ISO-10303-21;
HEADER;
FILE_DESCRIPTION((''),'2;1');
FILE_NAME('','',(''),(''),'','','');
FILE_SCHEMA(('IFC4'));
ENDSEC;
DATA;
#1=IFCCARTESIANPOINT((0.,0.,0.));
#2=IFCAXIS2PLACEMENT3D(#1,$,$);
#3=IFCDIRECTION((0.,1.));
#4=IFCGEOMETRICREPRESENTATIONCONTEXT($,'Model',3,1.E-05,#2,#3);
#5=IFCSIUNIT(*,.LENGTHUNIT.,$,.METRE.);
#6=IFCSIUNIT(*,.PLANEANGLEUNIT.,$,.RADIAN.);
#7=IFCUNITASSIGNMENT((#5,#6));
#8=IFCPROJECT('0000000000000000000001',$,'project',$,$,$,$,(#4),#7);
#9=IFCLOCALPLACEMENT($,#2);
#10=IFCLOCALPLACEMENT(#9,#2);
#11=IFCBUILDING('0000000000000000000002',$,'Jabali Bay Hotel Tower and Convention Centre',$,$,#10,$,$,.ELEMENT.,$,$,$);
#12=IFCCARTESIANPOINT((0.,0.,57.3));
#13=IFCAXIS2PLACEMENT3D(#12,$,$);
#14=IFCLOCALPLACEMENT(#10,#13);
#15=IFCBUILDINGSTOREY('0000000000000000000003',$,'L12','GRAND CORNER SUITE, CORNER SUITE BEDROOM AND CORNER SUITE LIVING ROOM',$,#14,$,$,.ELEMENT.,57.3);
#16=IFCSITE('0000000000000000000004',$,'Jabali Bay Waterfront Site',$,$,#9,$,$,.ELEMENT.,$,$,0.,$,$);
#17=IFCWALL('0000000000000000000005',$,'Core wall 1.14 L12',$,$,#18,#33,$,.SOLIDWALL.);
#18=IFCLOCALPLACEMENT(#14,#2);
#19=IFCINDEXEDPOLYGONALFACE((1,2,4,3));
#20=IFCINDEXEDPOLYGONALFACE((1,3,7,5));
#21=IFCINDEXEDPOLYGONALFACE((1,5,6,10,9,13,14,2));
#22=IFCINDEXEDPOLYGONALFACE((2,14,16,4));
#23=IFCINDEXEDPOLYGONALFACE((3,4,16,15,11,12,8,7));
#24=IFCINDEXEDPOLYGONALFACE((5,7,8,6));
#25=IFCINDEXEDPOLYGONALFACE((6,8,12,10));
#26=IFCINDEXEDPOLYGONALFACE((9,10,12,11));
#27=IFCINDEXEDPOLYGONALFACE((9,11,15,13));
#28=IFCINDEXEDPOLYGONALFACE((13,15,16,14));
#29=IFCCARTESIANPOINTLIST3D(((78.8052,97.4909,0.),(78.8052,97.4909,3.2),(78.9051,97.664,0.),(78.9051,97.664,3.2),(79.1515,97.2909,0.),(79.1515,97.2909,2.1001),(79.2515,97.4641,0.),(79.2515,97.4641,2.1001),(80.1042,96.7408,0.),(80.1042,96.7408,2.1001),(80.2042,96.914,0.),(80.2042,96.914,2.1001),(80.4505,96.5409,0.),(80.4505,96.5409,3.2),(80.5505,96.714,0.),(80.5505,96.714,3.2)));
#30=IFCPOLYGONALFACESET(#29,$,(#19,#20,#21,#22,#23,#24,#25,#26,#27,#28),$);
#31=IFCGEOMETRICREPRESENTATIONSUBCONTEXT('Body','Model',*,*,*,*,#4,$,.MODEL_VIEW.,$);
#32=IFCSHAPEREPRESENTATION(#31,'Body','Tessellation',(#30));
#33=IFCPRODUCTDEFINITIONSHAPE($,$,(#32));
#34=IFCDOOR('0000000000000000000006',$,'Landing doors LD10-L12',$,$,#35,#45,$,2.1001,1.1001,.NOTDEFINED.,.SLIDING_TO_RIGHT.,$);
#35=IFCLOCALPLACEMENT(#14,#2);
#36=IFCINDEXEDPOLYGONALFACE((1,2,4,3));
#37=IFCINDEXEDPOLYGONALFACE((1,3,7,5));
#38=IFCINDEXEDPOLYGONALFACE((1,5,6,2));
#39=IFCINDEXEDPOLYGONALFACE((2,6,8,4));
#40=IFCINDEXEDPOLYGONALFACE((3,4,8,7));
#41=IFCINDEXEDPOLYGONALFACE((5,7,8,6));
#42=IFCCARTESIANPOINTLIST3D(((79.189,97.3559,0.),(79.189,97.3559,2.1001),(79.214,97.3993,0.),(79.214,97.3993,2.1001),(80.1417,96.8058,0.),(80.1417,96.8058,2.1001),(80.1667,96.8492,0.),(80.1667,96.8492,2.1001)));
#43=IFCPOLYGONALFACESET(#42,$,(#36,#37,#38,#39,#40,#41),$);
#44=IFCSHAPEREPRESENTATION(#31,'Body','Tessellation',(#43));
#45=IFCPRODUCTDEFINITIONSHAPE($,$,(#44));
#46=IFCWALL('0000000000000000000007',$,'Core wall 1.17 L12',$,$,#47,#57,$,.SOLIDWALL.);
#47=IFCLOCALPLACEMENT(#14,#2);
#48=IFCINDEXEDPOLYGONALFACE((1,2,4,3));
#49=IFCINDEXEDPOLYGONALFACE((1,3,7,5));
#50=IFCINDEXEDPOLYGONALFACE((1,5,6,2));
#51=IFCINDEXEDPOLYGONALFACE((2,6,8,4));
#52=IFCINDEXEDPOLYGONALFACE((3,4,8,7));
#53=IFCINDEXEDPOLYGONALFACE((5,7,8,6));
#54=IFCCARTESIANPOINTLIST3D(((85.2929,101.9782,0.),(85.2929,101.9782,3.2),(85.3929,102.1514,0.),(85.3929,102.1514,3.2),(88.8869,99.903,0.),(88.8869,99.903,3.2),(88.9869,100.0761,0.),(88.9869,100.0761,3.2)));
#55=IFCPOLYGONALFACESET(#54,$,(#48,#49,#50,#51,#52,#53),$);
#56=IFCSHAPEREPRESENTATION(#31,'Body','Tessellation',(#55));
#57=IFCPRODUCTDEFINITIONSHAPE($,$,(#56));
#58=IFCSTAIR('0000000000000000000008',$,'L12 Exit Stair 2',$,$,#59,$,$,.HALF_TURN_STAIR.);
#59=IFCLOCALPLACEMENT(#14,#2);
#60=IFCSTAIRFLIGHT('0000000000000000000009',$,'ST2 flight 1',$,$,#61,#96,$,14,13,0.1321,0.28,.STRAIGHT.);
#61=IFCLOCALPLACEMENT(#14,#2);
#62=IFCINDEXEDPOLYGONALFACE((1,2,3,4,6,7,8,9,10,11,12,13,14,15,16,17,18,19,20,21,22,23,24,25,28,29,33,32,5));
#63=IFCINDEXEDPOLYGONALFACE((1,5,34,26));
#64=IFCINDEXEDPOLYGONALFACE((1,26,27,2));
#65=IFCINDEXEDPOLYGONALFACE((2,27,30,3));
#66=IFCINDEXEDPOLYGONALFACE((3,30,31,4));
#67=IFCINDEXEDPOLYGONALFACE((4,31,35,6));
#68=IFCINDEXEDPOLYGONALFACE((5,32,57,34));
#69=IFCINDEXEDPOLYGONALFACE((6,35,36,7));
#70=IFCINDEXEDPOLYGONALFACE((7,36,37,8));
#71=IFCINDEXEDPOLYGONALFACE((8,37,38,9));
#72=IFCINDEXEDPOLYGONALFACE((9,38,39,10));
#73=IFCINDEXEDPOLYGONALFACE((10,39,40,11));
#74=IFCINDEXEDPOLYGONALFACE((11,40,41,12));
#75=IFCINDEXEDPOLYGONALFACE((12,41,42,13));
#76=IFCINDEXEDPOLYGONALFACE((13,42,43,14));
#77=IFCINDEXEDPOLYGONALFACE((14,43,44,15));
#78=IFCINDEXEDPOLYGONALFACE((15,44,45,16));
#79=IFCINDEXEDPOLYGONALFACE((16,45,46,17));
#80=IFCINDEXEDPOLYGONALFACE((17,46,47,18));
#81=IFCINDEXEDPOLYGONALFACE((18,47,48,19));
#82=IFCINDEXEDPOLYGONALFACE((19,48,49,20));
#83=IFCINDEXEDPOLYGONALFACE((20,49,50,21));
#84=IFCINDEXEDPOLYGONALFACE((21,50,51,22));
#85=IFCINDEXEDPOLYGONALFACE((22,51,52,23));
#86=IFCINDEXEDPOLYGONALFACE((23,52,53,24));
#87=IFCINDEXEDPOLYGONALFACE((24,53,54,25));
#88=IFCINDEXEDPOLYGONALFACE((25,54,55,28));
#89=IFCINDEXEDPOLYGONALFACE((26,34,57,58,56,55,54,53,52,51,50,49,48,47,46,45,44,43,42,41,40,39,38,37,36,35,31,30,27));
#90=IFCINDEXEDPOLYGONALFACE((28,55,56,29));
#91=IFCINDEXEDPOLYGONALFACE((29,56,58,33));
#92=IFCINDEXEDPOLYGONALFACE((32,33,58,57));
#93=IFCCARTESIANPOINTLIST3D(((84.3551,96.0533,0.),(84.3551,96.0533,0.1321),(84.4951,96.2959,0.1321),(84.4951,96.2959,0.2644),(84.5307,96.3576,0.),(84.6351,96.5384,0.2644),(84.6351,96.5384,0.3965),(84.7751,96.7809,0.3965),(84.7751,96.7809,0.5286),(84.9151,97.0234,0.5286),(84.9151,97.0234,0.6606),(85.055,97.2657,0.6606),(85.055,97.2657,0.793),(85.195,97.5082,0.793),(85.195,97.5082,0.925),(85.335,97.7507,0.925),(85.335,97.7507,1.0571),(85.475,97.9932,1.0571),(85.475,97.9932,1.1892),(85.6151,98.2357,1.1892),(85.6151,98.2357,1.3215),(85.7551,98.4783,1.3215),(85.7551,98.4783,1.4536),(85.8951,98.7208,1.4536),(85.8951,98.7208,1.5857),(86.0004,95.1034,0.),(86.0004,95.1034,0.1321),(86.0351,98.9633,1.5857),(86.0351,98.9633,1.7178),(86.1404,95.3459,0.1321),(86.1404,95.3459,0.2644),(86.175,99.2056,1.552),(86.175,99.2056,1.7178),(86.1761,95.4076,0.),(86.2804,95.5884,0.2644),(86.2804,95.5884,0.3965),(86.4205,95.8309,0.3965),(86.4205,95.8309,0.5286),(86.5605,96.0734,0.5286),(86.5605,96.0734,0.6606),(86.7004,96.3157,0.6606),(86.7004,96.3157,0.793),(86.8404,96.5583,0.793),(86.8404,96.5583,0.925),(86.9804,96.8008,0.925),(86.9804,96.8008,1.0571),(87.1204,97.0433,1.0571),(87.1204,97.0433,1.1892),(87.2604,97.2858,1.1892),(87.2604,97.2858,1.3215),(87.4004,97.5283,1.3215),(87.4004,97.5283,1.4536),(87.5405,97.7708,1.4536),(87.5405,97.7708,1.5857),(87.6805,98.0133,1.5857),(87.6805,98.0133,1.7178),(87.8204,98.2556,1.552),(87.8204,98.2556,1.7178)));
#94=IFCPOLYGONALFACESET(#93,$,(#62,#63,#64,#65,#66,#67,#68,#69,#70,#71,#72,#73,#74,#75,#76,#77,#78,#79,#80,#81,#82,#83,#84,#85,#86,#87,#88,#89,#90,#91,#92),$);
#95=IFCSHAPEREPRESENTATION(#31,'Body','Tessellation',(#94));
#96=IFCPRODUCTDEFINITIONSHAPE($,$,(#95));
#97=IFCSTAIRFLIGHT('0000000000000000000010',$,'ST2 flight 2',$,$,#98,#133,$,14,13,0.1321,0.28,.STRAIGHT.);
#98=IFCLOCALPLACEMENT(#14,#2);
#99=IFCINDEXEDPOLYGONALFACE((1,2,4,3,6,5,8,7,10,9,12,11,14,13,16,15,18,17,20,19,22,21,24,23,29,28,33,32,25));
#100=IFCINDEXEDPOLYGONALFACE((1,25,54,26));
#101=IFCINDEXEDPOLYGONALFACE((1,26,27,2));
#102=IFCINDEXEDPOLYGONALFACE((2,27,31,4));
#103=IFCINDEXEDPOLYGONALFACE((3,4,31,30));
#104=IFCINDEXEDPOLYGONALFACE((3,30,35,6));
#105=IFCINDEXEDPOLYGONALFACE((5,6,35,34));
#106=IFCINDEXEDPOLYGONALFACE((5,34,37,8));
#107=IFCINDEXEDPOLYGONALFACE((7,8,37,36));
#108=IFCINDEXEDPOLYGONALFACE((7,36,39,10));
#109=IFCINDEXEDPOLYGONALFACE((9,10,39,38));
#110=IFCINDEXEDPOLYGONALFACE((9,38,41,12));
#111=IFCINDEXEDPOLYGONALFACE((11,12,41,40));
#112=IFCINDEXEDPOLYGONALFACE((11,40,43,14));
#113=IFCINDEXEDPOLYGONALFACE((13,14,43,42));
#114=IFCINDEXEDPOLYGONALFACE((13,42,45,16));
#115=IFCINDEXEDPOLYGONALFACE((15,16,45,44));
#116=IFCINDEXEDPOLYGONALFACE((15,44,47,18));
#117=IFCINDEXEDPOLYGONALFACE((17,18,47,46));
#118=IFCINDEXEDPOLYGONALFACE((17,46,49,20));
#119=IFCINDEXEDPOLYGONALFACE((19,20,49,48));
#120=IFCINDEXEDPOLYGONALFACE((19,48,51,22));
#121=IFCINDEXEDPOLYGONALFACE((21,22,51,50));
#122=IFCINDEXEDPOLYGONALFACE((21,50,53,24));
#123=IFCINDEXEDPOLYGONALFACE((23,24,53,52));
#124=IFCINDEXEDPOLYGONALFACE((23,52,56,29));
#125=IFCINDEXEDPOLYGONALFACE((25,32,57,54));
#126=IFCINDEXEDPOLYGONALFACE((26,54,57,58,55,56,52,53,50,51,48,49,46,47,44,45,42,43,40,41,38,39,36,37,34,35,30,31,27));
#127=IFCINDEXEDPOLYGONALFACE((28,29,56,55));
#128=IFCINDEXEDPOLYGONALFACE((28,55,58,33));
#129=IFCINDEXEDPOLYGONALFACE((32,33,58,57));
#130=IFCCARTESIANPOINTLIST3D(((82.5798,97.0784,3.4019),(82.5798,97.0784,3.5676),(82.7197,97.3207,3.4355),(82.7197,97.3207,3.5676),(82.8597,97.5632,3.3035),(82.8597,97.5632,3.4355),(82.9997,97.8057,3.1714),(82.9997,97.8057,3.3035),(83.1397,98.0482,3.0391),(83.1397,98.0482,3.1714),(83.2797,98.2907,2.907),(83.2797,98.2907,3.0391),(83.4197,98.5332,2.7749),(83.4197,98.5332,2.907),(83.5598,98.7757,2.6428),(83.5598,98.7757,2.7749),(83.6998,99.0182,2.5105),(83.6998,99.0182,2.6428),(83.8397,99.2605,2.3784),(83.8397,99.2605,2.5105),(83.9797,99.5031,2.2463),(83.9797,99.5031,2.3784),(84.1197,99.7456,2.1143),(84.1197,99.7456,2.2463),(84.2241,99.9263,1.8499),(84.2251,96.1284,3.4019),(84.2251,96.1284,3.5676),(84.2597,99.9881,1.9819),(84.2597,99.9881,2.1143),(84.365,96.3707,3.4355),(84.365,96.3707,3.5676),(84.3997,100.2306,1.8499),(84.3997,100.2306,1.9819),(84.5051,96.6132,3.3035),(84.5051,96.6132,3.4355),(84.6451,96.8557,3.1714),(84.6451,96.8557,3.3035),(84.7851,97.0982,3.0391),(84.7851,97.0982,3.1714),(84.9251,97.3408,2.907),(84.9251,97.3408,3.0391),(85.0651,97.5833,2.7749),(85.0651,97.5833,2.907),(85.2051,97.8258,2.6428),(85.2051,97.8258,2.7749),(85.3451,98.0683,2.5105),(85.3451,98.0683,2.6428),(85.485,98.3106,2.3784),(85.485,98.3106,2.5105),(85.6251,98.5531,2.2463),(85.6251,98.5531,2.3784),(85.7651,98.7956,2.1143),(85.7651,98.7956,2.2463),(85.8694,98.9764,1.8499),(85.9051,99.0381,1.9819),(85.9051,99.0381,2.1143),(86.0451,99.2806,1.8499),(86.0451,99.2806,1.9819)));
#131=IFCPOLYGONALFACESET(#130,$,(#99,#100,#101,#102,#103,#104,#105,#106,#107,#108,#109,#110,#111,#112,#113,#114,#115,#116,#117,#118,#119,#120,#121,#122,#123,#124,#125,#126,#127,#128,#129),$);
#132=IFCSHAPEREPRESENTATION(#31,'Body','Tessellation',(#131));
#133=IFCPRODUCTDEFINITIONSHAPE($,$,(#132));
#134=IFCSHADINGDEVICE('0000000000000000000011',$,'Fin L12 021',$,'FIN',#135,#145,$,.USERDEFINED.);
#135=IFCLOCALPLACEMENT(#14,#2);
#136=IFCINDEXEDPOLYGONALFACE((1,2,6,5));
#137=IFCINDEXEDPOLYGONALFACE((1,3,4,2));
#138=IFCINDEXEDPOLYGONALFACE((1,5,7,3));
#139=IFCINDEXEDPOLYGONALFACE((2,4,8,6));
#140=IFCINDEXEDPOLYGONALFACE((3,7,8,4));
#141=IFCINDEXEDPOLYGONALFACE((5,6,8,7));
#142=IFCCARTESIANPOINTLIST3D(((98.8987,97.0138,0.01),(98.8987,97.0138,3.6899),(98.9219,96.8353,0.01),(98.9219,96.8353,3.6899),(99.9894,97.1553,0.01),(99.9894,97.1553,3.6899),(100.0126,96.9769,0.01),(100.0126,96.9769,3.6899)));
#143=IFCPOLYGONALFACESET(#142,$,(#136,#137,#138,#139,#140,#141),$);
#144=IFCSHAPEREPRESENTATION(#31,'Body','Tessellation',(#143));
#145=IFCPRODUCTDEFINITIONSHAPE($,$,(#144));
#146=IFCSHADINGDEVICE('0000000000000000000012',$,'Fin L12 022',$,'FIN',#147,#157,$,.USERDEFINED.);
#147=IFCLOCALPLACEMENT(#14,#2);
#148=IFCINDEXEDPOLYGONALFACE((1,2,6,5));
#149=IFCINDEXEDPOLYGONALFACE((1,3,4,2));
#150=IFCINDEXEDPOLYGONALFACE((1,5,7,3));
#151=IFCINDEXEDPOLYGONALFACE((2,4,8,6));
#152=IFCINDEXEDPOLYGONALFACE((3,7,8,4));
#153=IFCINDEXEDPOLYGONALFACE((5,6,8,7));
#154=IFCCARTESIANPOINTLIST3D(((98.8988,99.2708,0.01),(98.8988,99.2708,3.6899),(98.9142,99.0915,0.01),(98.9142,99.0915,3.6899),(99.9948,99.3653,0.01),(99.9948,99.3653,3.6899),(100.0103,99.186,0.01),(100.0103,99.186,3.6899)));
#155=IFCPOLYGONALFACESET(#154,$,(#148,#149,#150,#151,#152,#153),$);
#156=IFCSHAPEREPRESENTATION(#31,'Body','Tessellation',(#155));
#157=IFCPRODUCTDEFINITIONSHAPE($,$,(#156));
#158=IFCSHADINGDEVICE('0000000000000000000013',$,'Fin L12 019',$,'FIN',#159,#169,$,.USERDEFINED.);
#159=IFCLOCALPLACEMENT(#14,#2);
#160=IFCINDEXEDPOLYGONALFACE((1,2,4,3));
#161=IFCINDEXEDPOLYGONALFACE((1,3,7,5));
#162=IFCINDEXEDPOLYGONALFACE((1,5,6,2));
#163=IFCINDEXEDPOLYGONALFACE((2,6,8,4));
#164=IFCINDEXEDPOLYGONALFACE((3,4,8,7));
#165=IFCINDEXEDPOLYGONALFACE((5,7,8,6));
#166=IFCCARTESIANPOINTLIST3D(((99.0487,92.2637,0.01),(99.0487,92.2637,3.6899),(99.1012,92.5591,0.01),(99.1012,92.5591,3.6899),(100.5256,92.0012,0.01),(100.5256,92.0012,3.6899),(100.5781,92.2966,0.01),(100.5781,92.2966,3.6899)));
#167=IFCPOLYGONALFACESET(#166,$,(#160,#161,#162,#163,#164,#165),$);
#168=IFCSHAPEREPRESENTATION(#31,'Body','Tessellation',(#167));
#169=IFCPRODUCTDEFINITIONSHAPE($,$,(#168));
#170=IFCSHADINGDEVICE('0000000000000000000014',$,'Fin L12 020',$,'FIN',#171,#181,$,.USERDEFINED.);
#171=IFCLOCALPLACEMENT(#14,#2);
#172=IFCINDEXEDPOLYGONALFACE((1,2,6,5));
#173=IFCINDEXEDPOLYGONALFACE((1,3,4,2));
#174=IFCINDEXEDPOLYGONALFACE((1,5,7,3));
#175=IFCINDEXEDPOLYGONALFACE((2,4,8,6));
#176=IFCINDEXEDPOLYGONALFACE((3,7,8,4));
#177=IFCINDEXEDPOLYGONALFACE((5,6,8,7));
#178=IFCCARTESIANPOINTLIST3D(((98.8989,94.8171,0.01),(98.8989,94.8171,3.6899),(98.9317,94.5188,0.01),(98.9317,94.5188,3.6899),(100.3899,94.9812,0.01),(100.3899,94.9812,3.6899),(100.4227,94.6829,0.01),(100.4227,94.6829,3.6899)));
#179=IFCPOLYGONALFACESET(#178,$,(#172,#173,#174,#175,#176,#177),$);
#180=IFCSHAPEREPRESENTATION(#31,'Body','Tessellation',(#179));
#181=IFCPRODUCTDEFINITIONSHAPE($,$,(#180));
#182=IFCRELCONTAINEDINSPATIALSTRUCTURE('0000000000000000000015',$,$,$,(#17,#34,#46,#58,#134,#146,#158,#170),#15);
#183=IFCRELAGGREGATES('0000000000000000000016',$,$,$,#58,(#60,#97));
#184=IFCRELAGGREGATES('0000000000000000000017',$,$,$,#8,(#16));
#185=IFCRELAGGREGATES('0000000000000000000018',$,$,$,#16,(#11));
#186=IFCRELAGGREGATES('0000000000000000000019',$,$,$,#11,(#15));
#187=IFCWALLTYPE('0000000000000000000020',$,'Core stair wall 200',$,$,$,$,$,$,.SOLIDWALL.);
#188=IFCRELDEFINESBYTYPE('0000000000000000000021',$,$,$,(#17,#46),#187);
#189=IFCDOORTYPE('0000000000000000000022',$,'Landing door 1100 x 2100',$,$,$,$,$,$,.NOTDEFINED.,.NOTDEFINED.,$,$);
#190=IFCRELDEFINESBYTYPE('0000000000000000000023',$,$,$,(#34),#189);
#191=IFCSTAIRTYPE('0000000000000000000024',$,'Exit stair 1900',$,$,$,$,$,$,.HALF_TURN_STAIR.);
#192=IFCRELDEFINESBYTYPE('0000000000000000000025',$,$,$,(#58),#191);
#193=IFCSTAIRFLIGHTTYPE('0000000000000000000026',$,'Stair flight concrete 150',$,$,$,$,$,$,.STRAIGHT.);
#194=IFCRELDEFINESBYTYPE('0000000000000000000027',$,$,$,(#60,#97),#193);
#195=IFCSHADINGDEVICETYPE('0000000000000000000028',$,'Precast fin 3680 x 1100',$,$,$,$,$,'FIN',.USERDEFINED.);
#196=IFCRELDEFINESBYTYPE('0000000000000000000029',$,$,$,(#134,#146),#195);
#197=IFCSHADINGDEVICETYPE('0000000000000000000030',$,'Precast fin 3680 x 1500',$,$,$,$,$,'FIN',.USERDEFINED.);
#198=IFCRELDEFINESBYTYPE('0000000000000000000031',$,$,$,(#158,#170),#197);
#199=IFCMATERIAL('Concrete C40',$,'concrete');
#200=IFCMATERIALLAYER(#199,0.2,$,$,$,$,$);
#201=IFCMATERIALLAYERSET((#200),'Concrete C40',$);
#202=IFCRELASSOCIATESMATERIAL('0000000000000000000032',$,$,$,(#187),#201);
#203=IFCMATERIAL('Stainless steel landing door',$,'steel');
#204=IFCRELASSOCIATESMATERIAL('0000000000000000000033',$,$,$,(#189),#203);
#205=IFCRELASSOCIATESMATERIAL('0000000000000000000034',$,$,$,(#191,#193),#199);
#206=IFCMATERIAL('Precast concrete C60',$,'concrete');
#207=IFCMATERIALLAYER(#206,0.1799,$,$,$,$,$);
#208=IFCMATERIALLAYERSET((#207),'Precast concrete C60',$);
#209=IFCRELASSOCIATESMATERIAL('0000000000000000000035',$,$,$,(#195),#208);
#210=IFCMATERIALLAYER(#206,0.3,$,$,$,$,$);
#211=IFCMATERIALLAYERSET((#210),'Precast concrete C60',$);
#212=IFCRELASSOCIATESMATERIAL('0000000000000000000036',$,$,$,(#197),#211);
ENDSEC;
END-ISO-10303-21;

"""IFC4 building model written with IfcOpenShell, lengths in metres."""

from ifc_helpers import new_model, si_unit, direction, frame, frame_2d, origin, place, context, subcontext, project, spatial, polyline, rectangle, outline, extrude, material, layer, layer_set, type_object, element, fill, aggregate, save


model = new_model("IFC4")

# Units and contexts
model_context = context("Model", 3, precision=1e-05, world=origin(), true_north=direction((0.0, 1.0)))
body_context = subcontext(model_context, "Body", "Model", "MODEL_VIEW")
ifc_project = project(units=[si_unit("LENGTHUNIT", "METRE"), si_unit("PLANEANGLEUNIT", "RADIAN")], contexts=[model_context])

# Site, building, storey
site_placement = place(None, origin())
site = spatial("IfcSite", under=ifc_project, at=site_placement, Name="Jabali Bay Waterfront Site", CompositionType="ELEMENT", RefElevation=0.0)
building_placement = place(site_placement, origin())
building = spatial("IfcBuilding", under=site, at=building_placement, Name="Jabali Bay Hotel Tower and Convention Centre", CompositionType="ELEMENT")
storey_placement = place(building_placement, frame((0.0, 0.0, 57.3)))
storey = spatial("IfcBuildingStorey", under=building, at=storey_placement, Name="L12", Description="GRAND CORNER SUITE, CORNER SUITE BEDROOM AND CORNER SUITE LIVING ROOM", CompositionType="ELEMENT", Elevation=57.3)

# Shared definitions
ifc_material_1 = material(Name="Concrete C40", Category="concrete")

# Shared definitions
ifc_layer_1 = layer(ifc_material_1, 0.2)
ifc_layer_set_1 = layer_set([ifc_layer_1], Name="Concrete C40")
wall_type_1 = type_object("IfcWallType", Name="Core stair wall 200", PredefinedType="SOLIDWALL", material=ifc_layer_set_1)

# Wall, opening, door
wall_1_placement = place(storey_placement, frame((80.5005, 96.6274, 0.0), z_axis=(0.0, 0.0, 1.0), x_axis=(-0.866012, 0.500023, 0.0)))
wall_1 = element("IfcWall", 1, at=wall_1_placement, inside=storey, type_object=wall_type_1, Name="Core wall 1.14 L12", PredefinedType="SOLIDWALL", context=body_context, shape_type="SweptSolid", body=[
    extrude(rectangle(XDim=1.8999, YDim=0.2, at=frame_2d((0.95, 0.0))), origin(), (0.0, 0.0, 1.0), 3.2),
])
opening_1_placement = place(wall_1_placement, frame((0.3999, 0.0, 0.0)))
opening_1 = element("IfcOpeningElement", 2, at=opening_1_placement, cuts=wall_1, PredefinedType="OPENING", context=body_context, shape_type="SweptSolid", body=[
    extrude(rectangle(XDim=1.1001, YDim=2.1001, at=frame_2d((0.55, 1.05))), frame((0.0, 0.1104, 0.0), z_axis=(0.0, -1.0, 0.0), x_axis=(1.0, 0.0, 0.0)), (0.0, 0.0, 1.0), 0.2209),
])
ifc_material_2 = material(Name="Stainless steel landing door", Category="steel")
door_type_1 = type_object("IfcDoorType", Name="Landing door 1100 x 2100", OperationType="NOTDEFINED", PredefinedType="NOTDEFINED", material=ifc_material_2)
door_1_placement = place(opening_1_placement, origin())
door_1 = element("IfcDoor", 3, at=door_1_placement, inside=storey, type_object=door_type_1, Name="Landing doors LD10-L12", OperationType="SLIDING_TO_RIGHT", OverallHeight=2.1001, OverallWidth=1.1001, PredefinedType="NOTDEFINED", context=body_context, shape_type="SweptSolid", body=[
    extrude(rectangle(XDim=1.1001, YDim=2.1001, at=frame_2d((0.55, 1.05))), frame((0.0, 0.0249, 0.0), z_axis=(0.0, -1.0, 0.0), x_axis=(1.0, 0.0, 0.0)), (0.0, 0.0, 1.0), 0.05),
])
fill(opening_1, door_1)

# Wall
wall_2_placement = place(storey_placement, frame((88.937, 99.9895, 0.0), z_axis=(0.0, 0.0, 1.0), x_axis=(-0.866004, 0.500036, 0.0)))
element("IfcWall", 4, at=wall_2_placement, inside=storey, type_object=wall_type_1, Name="Core wall 1.17 L12", PredefinedType="SOLIDWALL", context=body_context, shape_type="SweptSolid", body=[
    extrude(rectangle(XDim=4.1501, YDim=0.2, at=frame_2d((2.0752, 0.0))), origin(), (0.0, 0.0, 1.0), 3.2),
])

# Stair, stair flights
stair_type = type_object("IfcStairType", Name="Exit stair 1900", PredefinedType="HALF_TURN_STAIR", material=ifc_material_1)
stair_placement = place(storey_placement, origin())
stair = element("IfcStair", 5, at=stair_placement, inside=storey, type_object=stair_type, Name="L12 Exit Stair 2", PredefinedType="HALF_TURN_STAIR")
stair_flight_type = type_object("IfcStairFlightType", Name="Stair flight concrete 150", PredefinedType="STRAIGHT", material=ifc_material_1)
stair_flight_1_placement = place(storey_placement, frame((85.1777, 95.5784, 0.0), z_axis=(0.0, 0.0, 1.0), x_axis=(0.5, 0.866025, 0.0)))
stair_flight_1 = element("IfcStairFlight", 6, at=stair_flight_1_placement, type_object=stair_flight_type, Name="ST2 flight 1", NumberOfRisers=14, NumberOfTreads=13, PredefinedType="STRAIGHT", RiserHeight=0.1321, TreadLength=0.28, context=body_context, shape_type="SweptSolid", body=[
    extrude(outline(polyline([(0.0, 0.0), (0.0, 0.1321), (0.28, 0.1321), (0.28, 0.2644), (0.5601, 0.2644), (0.5601, 0.3965), (0.8401, 0.3965), (0.8401, 0.5286), (1.1201, 0.5286), (1.1201, 0.6606), (1.3999, 0.6606), (1.3999, 0.793), (1.6799, 0.793), (1.6799, 0.925), (1.96, 0.925), (1.96, 1.0571), (2.24, 1.0571), (2.24, 1.1892), (2.52, 1.1892), (2.52, 1.3215), (2.8, 1.3215), (2.8, 1.4536), (3.0801, 1.4536), (3.0801, 1.5857), (3.3601, 1.5857), (3.3601, 1.7178), (3.6399, 1.7178), (3.6399, 1.8501), (3.6399, 1.552), (0.3513, 0.0), (0.0, 0.0)])), frame((0.0, 0.95, 0.0), z_axis=(0.0, -1.0, 0.0), x_axis=(1.0, 0.0, 0.0)), (0.0, 0.0, 1.0), 1.8999),
])
stair_flight_2_placement = place(storey_placement, frame((85.2224, 99.7556, 1.8499), z_axis=(0.0, 0.0, 1.0), x_axis=(-0.5, -0.866025, 0.0)))
stair_flight_2 = element("IfcStairFlight", 7, at=stair_flight_2_placement, type_object=stair_flight_type, Name="ST2 flight 2", NumberOfRisers=14, NumberOfTreads=13, PredefinedType="STRAIGHT", RiserHeight=0.1321, TreadLength=0.28, context=body_context, shape_type="SweptSolid", body=[
    extrude(outline(polyline([(0.0, 0.0), (0.0, 0.1321), (0.28, 0.1321), (0.28, 0.2644), (0.5601, 0.2644), (0.5601, 0.3965), (0.8401, 0.3965), (0.8401, 0.5286), (1.1201, 0.5286), (1.1201, 0.6606), (1.3999, 0.6606), (1.3999, 0.793), (1.6799, 0.793), (1.6799, 0.925), (1.96, 0.925), (1.96, 1.0571), (2.24, 1.0571), (2.24, 1.1892), (2.52, 1.1892), (2.52, 1.3215), (2.8, 1.3215), (2.8, 1.4536), (3.0801, 1.4536), (3.0801, 1.5857), (3.3601, 1.5857), (3.3601, 1.7178), (3.6399, 1.7178), (3.6399, 1.8501), (3.6399, 1.552), (0.3513, 0.0), (0.0, 0.0)])), frame((0.0, 0.95, 0.0), z_axis=(0.0, -1.0, 0.0), x_axis=(1.0, 0.0, 0.0)), (0.0, 0.0, 1.0), 1.8999),
])
aggregate(stair, [stair_flight_1, stair_flight_2])

# Shading devices
ifc_material_3 = material(Name="Precast concrete C60", Category="concrete")
ifc_layer_2 = layer(ifc_material_3, 0.1799)
ifc_layer_set_2 = layer_set([ifc_layer_2], Name="Precast concrete C60")
shading_device_type_1 = type_object("IfcShadingDeviceType", Name="Precast fin 3680 x 1100", ElementType="FIN", PredefinedType="USERDEFINED", material=ifc_layer_set_2)
shading_device_1_placement = place(storey_placement, frame((98.9104, 96.9246, 0.01), z_axis=(0.0, 0.0, 1.0), x_axis=(0.991679, 0.128732, 0.0)))
element("IfcShadingDevice", 8, at=shading_device_1_placement, inside=storey, type_object=shading_device_type_1, Name="Fin L12 021", ObjectType="FIN", PredefinedType="USERDEFINED", context=body_context, shape_type="SweptSolid", body=[
    extrude(rectangle(XDim=1.0999, YDim=0.1799, at=frame_2d((0.5498, 0.0))), origin(), (0.0, 0.0, 1.0), 3.6799),
])
shading_device_2_placement = place(storey_placement, frame((98.9065, 99.1812, 0.01), z_axis=(0.0, 0.0, 1.0), x_axis=(0.996304, 0.085892, 0.0)))
element("IfcShadingDevice", 9, at=shading_device_2_placement, inside=storey, type_object=shading_device_type_1, Name="Fin L12 022", ObjectType="FIN", PredefinedType="USERDEFINED", context=body_context, shape_type="SweptSolid", body=[
    extrude(rectangle(XDim=1.1001, YDim=0.1799, at=frame_2d((0.55, 0.0))), origin(), (0.0, 0.0, 1.0), 3.6799),
])
ifc_layer_3 = layer(ifc_material_3, 0.3)
ifc_layer_set_3 = layer_set([ifc_layer_3], Name="Precast concrete C60")
shading_device_type_2 = type_object("IfcShadingDeviceType", Name="Precast fin 3680 x 1500", ElementType="FIN", PredefinedType="USERDEFINED", material=ifc_layer_set_3)
for number, where, z_axis, x_axis, name in (
    (10, (99.075, 92.4114, 0.01), (0.0, 0.0, 1.0), (0.984573, -0.174974, 0.0), "Fin L12 019"),
    (11, (98.9153, 94.668, 0.01), (0.0, 0.0, 1.0), (0.994, 0.109377, 0.0), "Fin L12 020"),
):
    element("IfcShadingDevice", number, at=place(storey_placement, frame(where, z_axis=z_axis, x_axis=x_axis)), inside=storey, type_object=shading_device_type_2, Name=name, ObjectType="FIN", PredefinedType="USERDEFINED", context=body_context, shape_type="SweptSolid", body=[
        extrude(rectangle(XDim=1.5, YDim=0.3, at=frame_2d((0.75, 0.0))), origin(), (0.0, 0.0, 1.0), 3.6799),
    ])

save(model, "model.ifc")
